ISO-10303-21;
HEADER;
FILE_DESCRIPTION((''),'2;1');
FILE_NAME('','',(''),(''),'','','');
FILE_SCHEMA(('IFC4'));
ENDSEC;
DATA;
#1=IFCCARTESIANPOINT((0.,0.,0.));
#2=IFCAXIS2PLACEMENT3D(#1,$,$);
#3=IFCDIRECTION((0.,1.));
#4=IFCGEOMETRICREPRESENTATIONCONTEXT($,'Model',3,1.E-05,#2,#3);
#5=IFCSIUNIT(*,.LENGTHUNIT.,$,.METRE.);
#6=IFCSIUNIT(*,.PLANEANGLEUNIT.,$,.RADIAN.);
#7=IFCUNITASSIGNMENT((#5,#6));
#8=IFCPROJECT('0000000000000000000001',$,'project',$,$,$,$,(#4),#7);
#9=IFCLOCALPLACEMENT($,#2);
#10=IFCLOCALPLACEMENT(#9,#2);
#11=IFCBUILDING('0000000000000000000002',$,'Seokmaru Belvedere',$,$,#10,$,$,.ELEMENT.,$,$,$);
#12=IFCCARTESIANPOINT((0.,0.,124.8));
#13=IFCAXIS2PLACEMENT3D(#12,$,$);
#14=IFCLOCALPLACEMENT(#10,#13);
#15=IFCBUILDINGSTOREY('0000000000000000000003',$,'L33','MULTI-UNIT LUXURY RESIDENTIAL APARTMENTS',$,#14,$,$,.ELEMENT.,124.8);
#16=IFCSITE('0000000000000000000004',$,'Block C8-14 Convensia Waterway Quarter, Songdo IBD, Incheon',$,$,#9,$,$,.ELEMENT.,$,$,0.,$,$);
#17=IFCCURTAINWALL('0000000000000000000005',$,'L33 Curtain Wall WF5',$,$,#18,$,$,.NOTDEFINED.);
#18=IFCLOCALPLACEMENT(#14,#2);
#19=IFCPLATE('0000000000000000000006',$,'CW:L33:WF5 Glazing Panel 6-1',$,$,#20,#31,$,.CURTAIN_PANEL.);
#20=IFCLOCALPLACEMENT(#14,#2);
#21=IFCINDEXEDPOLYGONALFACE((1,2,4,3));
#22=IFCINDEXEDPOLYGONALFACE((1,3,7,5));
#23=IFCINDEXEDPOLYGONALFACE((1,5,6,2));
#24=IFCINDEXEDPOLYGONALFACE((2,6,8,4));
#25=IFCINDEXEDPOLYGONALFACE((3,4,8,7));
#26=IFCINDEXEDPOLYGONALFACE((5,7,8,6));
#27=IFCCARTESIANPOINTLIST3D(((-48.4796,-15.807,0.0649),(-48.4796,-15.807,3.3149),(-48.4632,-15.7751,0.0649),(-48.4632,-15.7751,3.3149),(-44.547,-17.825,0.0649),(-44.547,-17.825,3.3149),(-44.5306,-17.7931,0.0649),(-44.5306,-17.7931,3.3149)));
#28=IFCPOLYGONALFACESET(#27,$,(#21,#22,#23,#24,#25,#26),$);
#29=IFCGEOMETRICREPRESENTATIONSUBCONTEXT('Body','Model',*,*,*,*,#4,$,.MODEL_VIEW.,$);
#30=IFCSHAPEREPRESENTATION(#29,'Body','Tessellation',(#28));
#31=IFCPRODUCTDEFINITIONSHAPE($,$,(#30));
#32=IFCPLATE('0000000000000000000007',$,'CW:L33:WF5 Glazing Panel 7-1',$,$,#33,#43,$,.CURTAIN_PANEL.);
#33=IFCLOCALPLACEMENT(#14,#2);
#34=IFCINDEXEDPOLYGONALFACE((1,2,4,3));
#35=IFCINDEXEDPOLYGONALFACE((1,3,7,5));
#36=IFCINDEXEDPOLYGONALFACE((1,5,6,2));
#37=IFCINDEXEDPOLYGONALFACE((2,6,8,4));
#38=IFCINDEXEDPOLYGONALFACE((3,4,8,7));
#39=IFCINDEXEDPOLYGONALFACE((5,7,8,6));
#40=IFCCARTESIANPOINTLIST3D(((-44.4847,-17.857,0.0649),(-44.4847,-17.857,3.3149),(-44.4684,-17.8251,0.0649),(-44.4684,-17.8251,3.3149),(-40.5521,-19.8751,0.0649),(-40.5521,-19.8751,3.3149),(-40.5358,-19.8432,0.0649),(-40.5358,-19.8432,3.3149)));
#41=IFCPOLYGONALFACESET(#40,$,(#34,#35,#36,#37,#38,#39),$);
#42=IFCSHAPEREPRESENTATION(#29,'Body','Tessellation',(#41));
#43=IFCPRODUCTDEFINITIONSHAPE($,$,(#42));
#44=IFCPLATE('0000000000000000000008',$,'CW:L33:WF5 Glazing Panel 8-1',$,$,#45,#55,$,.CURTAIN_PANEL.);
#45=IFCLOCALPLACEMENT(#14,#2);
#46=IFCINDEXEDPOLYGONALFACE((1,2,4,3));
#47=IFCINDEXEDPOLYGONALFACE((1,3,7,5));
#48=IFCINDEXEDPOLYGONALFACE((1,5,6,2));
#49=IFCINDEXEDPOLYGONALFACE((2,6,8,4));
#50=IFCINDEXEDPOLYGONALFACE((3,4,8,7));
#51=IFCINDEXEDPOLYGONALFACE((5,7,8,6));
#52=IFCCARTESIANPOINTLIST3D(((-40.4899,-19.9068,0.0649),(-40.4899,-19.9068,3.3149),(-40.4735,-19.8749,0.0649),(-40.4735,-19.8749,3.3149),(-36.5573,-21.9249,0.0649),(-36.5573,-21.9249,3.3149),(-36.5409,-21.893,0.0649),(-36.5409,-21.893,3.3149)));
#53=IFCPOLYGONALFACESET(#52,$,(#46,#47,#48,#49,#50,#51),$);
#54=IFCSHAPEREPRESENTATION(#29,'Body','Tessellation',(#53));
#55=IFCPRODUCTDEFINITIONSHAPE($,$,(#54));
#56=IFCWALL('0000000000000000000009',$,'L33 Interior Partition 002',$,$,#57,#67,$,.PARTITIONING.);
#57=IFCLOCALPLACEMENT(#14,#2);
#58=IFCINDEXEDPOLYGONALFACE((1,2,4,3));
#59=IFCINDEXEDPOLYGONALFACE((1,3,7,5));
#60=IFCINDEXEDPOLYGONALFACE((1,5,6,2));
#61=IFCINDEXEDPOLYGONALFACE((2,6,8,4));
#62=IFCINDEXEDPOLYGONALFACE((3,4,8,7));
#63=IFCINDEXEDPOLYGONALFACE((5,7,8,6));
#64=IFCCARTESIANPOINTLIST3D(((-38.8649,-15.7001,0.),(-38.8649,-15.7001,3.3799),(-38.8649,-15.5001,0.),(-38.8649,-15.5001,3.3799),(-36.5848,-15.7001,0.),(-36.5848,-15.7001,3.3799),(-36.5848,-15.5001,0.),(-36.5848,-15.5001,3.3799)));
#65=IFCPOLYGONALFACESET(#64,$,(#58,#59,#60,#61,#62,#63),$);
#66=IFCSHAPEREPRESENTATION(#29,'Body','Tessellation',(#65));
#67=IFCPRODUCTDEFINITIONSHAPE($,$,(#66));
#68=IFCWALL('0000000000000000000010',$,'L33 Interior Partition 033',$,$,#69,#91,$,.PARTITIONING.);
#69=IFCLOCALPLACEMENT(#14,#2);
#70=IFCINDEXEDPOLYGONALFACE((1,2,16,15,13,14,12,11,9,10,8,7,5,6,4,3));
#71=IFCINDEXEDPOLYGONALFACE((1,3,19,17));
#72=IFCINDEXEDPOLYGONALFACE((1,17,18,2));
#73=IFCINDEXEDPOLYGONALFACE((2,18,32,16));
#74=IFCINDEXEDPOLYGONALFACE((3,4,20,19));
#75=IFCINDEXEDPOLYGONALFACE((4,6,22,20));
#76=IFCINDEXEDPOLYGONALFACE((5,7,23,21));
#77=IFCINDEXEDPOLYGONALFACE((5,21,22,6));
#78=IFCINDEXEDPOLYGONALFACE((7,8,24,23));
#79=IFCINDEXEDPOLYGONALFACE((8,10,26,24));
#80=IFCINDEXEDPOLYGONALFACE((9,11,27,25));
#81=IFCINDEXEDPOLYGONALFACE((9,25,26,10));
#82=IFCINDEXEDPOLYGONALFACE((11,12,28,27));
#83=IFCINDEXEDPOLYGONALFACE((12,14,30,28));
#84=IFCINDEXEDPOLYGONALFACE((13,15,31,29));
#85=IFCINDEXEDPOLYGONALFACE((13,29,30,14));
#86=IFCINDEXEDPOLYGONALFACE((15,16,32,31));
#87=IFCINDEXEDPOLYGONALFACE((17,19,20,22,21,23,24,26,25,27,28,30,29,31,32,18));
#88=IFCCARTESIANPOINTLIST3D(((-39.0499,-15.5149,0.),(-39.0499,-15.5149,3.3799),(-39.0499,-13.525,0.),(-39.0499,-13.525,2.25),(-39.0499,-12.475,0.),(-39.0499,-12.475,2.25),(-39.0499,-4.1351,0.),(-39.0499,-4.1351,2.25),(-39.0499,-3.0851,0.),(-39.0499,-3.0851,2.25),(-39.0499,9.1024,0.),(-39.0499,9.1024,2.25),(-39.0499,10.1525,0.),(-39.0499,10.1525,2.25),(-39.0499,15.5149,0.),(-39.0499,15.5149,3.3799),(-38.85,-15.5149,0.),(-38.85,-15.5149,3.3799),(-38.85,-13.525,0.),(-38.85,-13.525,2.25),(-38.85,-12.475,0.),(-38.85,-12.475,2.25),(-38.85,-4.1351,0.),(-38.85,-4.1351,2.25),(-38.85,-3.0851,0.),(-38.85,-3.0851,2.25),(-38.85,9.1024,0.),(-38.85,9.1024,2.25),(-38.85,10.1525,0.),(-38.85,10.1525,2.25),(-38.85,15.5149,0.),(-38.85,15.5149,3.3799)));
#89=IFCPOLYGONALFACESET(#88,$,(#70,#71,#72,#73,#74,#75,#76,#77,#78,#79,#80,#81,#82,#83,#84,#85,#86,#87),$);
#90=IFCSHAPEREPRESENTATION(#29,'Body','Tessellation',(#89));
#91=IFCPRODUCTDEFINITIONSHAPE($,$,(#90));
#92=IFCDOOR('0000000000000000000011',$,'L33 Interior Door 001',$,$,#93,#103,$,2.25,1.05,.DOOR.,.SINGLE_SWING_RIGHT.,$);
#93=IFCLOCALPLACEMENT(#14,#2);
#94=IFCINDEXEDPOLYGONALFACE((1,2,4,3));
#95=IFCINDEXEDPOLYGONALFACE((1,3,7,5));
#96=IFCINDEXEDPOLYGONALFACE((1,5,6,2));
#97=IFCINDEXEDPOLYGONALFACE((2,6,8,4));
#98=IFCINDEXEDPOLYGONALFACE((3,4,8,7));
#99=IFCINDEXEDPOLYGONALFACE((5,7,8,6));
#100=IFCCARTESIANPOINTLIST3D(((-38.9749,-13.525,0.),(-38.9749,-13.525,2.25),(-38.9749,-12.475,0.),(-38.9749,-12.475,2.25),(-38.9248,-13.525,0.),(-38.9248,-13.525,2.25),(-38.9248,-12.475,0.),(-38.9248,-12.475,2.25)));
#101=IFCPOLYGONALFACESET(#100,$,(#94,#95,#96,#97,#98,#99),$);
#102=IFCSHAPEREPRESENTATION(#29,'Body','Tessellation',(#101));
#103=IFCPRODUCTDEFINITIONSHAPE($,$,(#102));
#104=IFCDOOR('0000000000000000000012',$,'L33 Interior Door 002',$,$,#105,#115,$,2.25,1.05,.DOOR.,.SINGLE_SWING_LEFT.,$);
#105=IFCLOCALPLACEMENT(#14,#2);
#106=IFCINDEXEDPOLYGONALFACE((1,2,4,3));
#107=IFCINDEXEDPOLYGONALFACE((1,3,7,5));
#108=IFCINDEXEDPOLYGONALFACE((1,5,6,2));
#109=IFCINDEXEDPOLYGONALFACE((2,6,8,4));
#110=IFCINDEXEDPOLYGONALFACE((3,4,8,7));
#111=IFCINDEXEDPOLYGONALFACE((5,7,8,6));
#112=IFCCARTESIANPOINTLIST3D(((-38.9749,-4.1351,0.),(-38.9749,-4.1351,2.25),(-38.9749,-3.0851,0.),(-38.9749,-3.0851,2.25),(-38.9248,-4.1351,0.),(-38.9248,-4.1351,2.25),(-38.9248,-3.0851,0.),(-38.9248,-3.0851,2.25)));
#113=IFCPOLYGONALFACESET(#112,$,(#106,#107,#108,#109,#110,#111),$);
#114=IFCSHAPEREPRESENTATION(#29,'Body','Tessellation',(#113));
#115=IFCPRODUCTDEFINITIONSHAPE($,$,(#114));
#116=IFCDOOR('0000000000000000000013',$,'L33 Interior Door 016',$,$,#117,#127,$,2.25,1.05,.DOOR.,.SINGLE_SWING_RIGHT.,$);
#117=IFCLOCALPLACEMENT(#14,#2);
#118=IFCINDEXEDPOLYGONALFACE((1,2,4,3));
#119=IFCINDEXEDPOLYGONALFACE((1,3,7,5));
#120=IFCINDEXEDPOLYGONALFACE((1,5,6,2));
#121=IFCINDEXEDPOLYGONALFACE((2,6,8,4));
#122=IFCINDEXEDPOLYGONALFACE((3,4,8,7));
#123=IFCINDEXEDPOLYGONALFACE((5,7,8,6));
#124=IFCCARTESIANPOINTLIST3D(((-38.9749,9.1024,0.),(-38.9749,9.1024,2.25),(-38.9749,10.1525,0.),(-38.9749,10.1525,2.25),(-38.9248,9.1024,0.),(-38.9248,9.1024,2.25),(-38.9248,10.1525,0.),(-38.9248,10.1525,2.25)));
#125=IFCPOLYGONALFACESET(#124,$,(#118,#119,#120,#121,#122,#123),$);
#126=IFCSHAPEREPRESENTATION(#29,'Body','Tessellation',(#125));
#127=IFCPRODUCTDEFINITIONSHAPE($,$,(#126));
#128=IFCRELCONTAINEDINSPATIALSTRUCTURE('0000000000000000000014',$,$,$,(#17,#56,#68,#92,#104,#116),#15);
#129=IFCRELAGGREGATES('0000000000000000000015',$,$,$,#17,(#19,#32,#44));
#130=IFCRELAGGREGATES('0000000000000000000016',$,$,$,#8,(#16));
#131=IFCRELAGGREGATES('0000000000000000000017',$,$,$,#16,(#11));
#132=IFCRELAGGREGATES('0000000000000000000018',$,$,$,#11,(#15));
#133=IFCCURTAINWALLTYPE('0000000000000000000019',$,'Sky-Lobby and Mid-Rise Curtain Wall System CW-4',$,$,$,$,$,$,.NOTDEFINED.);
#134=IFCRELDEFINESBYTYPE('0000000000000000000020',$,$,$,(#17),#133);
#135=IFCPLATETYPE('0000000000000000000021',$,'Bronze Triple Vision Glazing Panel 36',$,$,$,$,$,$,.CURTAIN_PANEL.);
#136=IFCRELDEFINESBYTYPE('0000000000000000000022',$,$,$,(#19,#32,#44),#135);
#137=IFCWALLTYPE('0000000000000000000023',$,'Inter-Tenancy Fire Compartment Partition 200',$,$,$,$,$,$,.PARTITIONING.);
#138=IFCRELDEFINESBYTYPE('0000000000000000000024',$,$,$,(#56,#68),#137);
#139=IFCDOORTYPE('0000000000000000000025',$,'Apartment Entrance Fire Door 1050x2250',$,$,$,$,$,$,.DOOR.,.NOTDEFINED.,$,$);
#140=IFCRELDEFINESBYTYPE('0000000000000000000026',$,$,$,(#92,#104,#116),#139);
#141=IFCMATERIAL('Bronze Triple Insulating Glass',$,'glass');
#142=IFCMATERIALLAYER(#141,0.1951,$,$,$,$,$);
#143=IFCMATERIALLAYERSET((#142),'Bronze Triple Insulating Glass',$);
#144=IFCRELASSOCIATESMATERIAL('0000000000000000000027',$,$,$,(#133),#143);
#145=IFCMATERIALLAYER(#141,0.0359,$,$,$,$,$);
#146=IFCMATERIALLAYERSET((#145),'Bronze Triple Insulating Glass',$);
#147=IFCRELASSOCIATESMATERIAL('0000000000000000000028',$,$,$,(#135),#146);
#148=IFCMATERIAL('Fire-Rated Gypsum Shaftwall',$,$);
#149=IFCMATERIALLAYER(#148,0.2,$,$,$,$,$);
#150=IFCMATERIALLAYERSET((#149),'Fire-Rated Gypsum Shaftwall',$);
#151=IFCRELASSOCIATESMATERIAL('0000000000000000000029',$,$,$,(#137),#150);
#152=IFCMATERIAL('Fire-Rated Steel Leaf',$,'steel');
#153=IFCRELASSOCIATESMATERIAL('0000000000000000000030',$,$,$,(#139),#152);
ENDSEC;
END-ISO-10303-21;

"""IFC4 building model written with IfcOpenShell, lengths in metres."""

from ifc_helpers import new_model, si_unit, direction, frame, frame_2d, origin, origin_2d, place, context, subcontext, project, spatial, rectangle, extrude, source, transform, mapped, material, layer, layer_set, type_object, type_shapes, element, fill, aggregate, save


model = new_model("IFC4")

# Units and contexts
model_context = context("Model", 3, precision=1e-05, world=origin(), true_north=direction((0.0, 1.0)))
body_context = subcontext(model_context, "Body", "Model", "MODEL_VIEW")
ifc_project = project(units=[si_unit("LENGTHUNIT", "METRE"), si_unit("PLANEANGLEUNIT", "RADIAN")], contexts=[model_context])

# Site, building, storey
site_placement = place(None, origin())
site = spatial("IfcSite", under=ifc_project, at=site_placement, Name="Block C8-14 Convensia Waterway Quarter, Songdo IBD, Incheon", CompositionType="ELEMENT", RefElevation=0.0)
building_placement = place(site_placement, origin())
building = spatial("IfcBuilding", under=site, at=building_placement, Name="Seokmaru Belvedere", CompositionType="ELEMENT")
storey_placement = place(building_placement, frame((0.0, 0.0, 124.8)))
storey = spatial("IfcBuildingStorey", under=building, at=storey_placement, Name="L33", Description="MULTI-UNIT LUXURY RESIDENTIAL APARTMENTS", CompositionType="ELEMENT", Elevation=124.8)

# Curtain wall, plates
ifc_material_1 = material(Name="Bronze Triple Insulating Glass", Category="glass")
ifc_layer_1 = layer(ifc_material_1, 0.1951)
ifc_layer_set_1 = layer_set([ifc_layer_1], Name="Bronze Triple Insulating Glass")
curtain_wall_type = type_object("IfcCurtainWallType", Name="Sky-Lobby and Mid-Rise Curtain Wall System CW-4", PredefinedType="NOTDEFINED", material=ifc_layer_set_1)
curtain_wall_placement = place(storey_placement, origin())
curtain_wall = element("IfcCurtainWall", 1, at=curtain_wall_placement, inside=storey, type_object=curtain_wall_type, Name="L33 Curtain Wall WF5", PredefinedType="NOTDEFINED")
ifc_layer_2 = layer(ifc_material_1, 0.0359)
ifc_layer_set_2 = layer_set([ifc_layer_2], Name="Bronze Triple Insulating Glass")
plate_type = type_object("IfcPlateType", Name="Bronze Triple Vision Glazing Panel 36", PredefinedType="CURTAIN_PANEL", material=ifc_layer_set_2)
shared_shape_1 = source(origin(), body_context, "Body", "SweptSolid", [
    extrude(rectangle(XDim=4.4202, YDim=0.0359, at=origin_2d()), origin(), (0.0, 0.0, 1.0), 3.25),
])
type_shapes(plate_type, [shared_shape_1])
plate_1_placement = place(storey_placement, frame((-46.5051, -16.8, 0.0649), z_axis=(0.0, 0.0, 1.0), x_axis=(0.889695, -0.456555, 0.0)))
plate_1 = element("IfcPlate", 2, at=plate_1_placement, type_object=plate_type, Name="CW:L33:WF5 Glazing Panel 6-1", PredefinedType="CURTAIN_PANEL", context=body_context, shape_type="MappedRepresentation", body=[
    mapped(shared_shape_1, transform((0.0, 0.0, 0.0), scale=1.0)),
])
plate_2_placement = place(storey_placement, frame((-42.5103, -18.8501, 0.0649), z_axis=(0.0, 0.0, 1.0), x_axis=(0.889695, -0.456555, 0.0)))
plate_2 = element("IfcPlate", 3, at=plate_2_placement, type_object=plate_type, Name="CW:L33:WF5 Glazing Panel 7-1", PredefinedType="CURTAIN_PANEL", context=body_context, shape_type="MappedRepresentation", body=[
    mapped(shared_shape_1, transform((0.0, 0.0, 0.0), scale=1.0)),
])
plate_3_placement = place(storey_placement, frame((-38.5154, -20.8999, 0.0649), z_axis=(0.0, 0.0, 1.0), x_axis=(0.889695, -0.456555, 0.0)))
plate_3 = element("IfcPlate", 4, at=plate_3_placement, type_object=plate_type, Name="CW:L33:WF5 Glazing Panel 8-1", PredefinedType="CURTAIN_PANEL", context=body_context, shape_type="MappedRepresentation", body=[
    mapped(shared_shape_1, transform((0.0, 0.0, 0.0), scale=1.0)),
])
aggregate(curtain_wall, [plate_1, plate_2, plate_3])

# Wall
ifc_material_2 = material(Name="Fire-Rated Gypsum Shaftwall")
ifc_layer_3 = layer(ifc_material_2, 0.2)
ifc_layer_set_3 = layer_set([ifc_layer_3], Name="Fire-Rated Gypsum Shaftwall")
wall_type = type_object("IfcWallType", Name="Inter-Tenancy Fire Compartment Partition 200", PredefinedType="PARTITIONING", material=ifc_layer_set_3)
wall_1_placement = place(storey_placement, frame((-38.865, -15.6001, 0.0), z_axis=(0.0, 0.0, 1.0), x_axis=(1.0, 0.0, 0.0)))
element("IfcWall", 5, at=wall_1_placement, inside=storey, type_object=wall_type, Name="L33 Interior Partition 002", PredefinedType="PARTITIONING", context=body_context, shape_type="SweptSolid", body=[
    extrude(rectangle(XDim=2.28, YDim=0.2, at=frame_2d((1.1401, 0.0))), origin(), (0.0, 0.0, 1.0), 3.3799),
])

# Wall, openings, doors
wall_2_placement = place(storey_placement, frame((-38.95, -15.5149, 0.0), z_axis=(0.0, 0.0, 1.0), x_axis=(0.0, 1.0, 0.0)))
wall_2 = element("IfcWall", 6, at=wall_2_placement, inside=storey, type_object=wall_type, Name="L33 Interior Partition 033", PredefinedType="PARTITIONING", context=body_context, shape_type="SweptSolid", body=[
    extrude(rectangle(XDim=31.0298, YDim=0.2, at=frame_2d((15.5149, 0.0))), origin(), (0.0, 0.0, 1.0), 3.3799),
])
opening_1_placement = place(wall_2_placement, frame((1.99, 0.0, 0.0)))
opening_1 = element("IfcOpeningElement", 7, at=opening_1_placement, cuts=wall_2, PredefinedType="OPENING", context=body_context, shape_type="SweptSolid", body=[
    extrude(rectangle(XDim=1.05, YDim=2.25, at=frame_2d((0.5249, 1.125))), frame((0.0, 0.1099, 0.0), z_axis=(0.0, -1.0, 0.0), x_axis=(1.0, 0.0, 0.0)), (0.0, 0.0, 1.0), 0.22),
])
opening_2_placement = place(wall_2_placement, frame((11.3799, 0.0, 0.0)))
opening_2 = element("IfcOpeningElement", 8, at=opening_2_placement, cuts=wall_2, PredefinedType="OPENING", context=body_context, shape_type="SweptSolid", body=[
    extrude(rectangle(XDim=1.05, YDim=2.25, at=frame_2d((0.5249, 1.125))), frame((0.0, 0.1099, 0.0), z_axis=(0.0, -1.0, 0.0), x_axis=(1.0, 0.0, 0.0)), (0.0, 0.0, 1.0), 0.22),
])
opening_3_placement = place(wall_2_placement, frame((24.6174, 0.0, 0.0)))
opening_3 = element("IfcOpeningElement", 9, at=opening_3_placement, cuts=wall_2, PredefinedType="OPENING", context=body_context, shape_type="SweptSolid", body=[
    extrude(rectangle(XDim=1.05, YDim=2.25, at=frame_2d((0.5249, 1.125))), frame((0.0, 0.1099, 0.0), z_axis=(0.0, -1.0, 0.0), x_axis=(1.0, 0.0, 0.0)), (0.0, 0.0, 1.0), 0.22),
])
ifc_material_3 = material(Name="Fire-Rated Steel Leaf", Category="steel")
door_type = type_object("IfcDoorType", Name="Apartment Entrance Fire Door 1050x2250", OperationType="NOTDEFINED", PredefinedType="DOOR", material=ifc_material_3)
shared_shape_2 = source(origin(), body_context, "Body", "SweptSolid", [
    extrude(rectangle(XDim=1.05, YDim=2.25, at=frame_2d((0.5249, 1.125))), frame((0.0, 0.0249, 0.0), z_axis=(0.0, -1.0, 0.0), x_axis=(1.0, 0.0, 0.0)), (0.0, 0.0, 1.0), 0.05),
])
type_shapes(door_type, [shared_shape_2])
door_1_placement = place(opening_1_placement, origin())
door_1 = element("IfcDoor", 10, at=door_1_placement, inside=storey, type_object=door_type, Name="L33 Interior Door 001", OperationType="SINGLE_SWING_RIGHT", OverallHeight=2.25, OverallWidth=1.05, PredefinedType="DOOR", context=body_context, shape_type="MappedRepresentation", body=[
    mapped(shared_shape_2, transform((0.0, 0.0, 0.0), scale=1.0)),
])
fill(opening_1, door_1)
door_2_placement = place(opening_2_placement, origin())
door_2 = element("IfcDoor", 11, at=door_2_placement, inside=storey, type_object=door_type, Name="L33 Interior Door 002", OperationType="SINGLE_SWING_LEFT", OverallHeight=2.25, OverallWidth=1.05, PredefinedType="DOOR", context=body_context, shape_type="MappedRepresentation", body=[
    mapped(shared_shape_2, transform((0.0, 0.0, 0.0), scale=1.0)),
])
fill(opening_2, door_2)
door_3_placement = place(opening_3_placement, origin())
door_3 = element("IfcDoor", 12, at=door_3_placement, inside=storey, type_object=door_type, Name="L33 Interior Door 016", OperationType="SINGLE_SWING_RIGHT", OverallHeight=2.25, OverallWidth=1.05, PredefinedType="DOOR", context=body_context, shape_type="MappedRepresentation", body=[
    mapped(shared_shape_2, transform((0.0, 0.0, 0.0), scale=1.0)),
])
fill(opening_3, door_3)

save(model, "model.ifc")
